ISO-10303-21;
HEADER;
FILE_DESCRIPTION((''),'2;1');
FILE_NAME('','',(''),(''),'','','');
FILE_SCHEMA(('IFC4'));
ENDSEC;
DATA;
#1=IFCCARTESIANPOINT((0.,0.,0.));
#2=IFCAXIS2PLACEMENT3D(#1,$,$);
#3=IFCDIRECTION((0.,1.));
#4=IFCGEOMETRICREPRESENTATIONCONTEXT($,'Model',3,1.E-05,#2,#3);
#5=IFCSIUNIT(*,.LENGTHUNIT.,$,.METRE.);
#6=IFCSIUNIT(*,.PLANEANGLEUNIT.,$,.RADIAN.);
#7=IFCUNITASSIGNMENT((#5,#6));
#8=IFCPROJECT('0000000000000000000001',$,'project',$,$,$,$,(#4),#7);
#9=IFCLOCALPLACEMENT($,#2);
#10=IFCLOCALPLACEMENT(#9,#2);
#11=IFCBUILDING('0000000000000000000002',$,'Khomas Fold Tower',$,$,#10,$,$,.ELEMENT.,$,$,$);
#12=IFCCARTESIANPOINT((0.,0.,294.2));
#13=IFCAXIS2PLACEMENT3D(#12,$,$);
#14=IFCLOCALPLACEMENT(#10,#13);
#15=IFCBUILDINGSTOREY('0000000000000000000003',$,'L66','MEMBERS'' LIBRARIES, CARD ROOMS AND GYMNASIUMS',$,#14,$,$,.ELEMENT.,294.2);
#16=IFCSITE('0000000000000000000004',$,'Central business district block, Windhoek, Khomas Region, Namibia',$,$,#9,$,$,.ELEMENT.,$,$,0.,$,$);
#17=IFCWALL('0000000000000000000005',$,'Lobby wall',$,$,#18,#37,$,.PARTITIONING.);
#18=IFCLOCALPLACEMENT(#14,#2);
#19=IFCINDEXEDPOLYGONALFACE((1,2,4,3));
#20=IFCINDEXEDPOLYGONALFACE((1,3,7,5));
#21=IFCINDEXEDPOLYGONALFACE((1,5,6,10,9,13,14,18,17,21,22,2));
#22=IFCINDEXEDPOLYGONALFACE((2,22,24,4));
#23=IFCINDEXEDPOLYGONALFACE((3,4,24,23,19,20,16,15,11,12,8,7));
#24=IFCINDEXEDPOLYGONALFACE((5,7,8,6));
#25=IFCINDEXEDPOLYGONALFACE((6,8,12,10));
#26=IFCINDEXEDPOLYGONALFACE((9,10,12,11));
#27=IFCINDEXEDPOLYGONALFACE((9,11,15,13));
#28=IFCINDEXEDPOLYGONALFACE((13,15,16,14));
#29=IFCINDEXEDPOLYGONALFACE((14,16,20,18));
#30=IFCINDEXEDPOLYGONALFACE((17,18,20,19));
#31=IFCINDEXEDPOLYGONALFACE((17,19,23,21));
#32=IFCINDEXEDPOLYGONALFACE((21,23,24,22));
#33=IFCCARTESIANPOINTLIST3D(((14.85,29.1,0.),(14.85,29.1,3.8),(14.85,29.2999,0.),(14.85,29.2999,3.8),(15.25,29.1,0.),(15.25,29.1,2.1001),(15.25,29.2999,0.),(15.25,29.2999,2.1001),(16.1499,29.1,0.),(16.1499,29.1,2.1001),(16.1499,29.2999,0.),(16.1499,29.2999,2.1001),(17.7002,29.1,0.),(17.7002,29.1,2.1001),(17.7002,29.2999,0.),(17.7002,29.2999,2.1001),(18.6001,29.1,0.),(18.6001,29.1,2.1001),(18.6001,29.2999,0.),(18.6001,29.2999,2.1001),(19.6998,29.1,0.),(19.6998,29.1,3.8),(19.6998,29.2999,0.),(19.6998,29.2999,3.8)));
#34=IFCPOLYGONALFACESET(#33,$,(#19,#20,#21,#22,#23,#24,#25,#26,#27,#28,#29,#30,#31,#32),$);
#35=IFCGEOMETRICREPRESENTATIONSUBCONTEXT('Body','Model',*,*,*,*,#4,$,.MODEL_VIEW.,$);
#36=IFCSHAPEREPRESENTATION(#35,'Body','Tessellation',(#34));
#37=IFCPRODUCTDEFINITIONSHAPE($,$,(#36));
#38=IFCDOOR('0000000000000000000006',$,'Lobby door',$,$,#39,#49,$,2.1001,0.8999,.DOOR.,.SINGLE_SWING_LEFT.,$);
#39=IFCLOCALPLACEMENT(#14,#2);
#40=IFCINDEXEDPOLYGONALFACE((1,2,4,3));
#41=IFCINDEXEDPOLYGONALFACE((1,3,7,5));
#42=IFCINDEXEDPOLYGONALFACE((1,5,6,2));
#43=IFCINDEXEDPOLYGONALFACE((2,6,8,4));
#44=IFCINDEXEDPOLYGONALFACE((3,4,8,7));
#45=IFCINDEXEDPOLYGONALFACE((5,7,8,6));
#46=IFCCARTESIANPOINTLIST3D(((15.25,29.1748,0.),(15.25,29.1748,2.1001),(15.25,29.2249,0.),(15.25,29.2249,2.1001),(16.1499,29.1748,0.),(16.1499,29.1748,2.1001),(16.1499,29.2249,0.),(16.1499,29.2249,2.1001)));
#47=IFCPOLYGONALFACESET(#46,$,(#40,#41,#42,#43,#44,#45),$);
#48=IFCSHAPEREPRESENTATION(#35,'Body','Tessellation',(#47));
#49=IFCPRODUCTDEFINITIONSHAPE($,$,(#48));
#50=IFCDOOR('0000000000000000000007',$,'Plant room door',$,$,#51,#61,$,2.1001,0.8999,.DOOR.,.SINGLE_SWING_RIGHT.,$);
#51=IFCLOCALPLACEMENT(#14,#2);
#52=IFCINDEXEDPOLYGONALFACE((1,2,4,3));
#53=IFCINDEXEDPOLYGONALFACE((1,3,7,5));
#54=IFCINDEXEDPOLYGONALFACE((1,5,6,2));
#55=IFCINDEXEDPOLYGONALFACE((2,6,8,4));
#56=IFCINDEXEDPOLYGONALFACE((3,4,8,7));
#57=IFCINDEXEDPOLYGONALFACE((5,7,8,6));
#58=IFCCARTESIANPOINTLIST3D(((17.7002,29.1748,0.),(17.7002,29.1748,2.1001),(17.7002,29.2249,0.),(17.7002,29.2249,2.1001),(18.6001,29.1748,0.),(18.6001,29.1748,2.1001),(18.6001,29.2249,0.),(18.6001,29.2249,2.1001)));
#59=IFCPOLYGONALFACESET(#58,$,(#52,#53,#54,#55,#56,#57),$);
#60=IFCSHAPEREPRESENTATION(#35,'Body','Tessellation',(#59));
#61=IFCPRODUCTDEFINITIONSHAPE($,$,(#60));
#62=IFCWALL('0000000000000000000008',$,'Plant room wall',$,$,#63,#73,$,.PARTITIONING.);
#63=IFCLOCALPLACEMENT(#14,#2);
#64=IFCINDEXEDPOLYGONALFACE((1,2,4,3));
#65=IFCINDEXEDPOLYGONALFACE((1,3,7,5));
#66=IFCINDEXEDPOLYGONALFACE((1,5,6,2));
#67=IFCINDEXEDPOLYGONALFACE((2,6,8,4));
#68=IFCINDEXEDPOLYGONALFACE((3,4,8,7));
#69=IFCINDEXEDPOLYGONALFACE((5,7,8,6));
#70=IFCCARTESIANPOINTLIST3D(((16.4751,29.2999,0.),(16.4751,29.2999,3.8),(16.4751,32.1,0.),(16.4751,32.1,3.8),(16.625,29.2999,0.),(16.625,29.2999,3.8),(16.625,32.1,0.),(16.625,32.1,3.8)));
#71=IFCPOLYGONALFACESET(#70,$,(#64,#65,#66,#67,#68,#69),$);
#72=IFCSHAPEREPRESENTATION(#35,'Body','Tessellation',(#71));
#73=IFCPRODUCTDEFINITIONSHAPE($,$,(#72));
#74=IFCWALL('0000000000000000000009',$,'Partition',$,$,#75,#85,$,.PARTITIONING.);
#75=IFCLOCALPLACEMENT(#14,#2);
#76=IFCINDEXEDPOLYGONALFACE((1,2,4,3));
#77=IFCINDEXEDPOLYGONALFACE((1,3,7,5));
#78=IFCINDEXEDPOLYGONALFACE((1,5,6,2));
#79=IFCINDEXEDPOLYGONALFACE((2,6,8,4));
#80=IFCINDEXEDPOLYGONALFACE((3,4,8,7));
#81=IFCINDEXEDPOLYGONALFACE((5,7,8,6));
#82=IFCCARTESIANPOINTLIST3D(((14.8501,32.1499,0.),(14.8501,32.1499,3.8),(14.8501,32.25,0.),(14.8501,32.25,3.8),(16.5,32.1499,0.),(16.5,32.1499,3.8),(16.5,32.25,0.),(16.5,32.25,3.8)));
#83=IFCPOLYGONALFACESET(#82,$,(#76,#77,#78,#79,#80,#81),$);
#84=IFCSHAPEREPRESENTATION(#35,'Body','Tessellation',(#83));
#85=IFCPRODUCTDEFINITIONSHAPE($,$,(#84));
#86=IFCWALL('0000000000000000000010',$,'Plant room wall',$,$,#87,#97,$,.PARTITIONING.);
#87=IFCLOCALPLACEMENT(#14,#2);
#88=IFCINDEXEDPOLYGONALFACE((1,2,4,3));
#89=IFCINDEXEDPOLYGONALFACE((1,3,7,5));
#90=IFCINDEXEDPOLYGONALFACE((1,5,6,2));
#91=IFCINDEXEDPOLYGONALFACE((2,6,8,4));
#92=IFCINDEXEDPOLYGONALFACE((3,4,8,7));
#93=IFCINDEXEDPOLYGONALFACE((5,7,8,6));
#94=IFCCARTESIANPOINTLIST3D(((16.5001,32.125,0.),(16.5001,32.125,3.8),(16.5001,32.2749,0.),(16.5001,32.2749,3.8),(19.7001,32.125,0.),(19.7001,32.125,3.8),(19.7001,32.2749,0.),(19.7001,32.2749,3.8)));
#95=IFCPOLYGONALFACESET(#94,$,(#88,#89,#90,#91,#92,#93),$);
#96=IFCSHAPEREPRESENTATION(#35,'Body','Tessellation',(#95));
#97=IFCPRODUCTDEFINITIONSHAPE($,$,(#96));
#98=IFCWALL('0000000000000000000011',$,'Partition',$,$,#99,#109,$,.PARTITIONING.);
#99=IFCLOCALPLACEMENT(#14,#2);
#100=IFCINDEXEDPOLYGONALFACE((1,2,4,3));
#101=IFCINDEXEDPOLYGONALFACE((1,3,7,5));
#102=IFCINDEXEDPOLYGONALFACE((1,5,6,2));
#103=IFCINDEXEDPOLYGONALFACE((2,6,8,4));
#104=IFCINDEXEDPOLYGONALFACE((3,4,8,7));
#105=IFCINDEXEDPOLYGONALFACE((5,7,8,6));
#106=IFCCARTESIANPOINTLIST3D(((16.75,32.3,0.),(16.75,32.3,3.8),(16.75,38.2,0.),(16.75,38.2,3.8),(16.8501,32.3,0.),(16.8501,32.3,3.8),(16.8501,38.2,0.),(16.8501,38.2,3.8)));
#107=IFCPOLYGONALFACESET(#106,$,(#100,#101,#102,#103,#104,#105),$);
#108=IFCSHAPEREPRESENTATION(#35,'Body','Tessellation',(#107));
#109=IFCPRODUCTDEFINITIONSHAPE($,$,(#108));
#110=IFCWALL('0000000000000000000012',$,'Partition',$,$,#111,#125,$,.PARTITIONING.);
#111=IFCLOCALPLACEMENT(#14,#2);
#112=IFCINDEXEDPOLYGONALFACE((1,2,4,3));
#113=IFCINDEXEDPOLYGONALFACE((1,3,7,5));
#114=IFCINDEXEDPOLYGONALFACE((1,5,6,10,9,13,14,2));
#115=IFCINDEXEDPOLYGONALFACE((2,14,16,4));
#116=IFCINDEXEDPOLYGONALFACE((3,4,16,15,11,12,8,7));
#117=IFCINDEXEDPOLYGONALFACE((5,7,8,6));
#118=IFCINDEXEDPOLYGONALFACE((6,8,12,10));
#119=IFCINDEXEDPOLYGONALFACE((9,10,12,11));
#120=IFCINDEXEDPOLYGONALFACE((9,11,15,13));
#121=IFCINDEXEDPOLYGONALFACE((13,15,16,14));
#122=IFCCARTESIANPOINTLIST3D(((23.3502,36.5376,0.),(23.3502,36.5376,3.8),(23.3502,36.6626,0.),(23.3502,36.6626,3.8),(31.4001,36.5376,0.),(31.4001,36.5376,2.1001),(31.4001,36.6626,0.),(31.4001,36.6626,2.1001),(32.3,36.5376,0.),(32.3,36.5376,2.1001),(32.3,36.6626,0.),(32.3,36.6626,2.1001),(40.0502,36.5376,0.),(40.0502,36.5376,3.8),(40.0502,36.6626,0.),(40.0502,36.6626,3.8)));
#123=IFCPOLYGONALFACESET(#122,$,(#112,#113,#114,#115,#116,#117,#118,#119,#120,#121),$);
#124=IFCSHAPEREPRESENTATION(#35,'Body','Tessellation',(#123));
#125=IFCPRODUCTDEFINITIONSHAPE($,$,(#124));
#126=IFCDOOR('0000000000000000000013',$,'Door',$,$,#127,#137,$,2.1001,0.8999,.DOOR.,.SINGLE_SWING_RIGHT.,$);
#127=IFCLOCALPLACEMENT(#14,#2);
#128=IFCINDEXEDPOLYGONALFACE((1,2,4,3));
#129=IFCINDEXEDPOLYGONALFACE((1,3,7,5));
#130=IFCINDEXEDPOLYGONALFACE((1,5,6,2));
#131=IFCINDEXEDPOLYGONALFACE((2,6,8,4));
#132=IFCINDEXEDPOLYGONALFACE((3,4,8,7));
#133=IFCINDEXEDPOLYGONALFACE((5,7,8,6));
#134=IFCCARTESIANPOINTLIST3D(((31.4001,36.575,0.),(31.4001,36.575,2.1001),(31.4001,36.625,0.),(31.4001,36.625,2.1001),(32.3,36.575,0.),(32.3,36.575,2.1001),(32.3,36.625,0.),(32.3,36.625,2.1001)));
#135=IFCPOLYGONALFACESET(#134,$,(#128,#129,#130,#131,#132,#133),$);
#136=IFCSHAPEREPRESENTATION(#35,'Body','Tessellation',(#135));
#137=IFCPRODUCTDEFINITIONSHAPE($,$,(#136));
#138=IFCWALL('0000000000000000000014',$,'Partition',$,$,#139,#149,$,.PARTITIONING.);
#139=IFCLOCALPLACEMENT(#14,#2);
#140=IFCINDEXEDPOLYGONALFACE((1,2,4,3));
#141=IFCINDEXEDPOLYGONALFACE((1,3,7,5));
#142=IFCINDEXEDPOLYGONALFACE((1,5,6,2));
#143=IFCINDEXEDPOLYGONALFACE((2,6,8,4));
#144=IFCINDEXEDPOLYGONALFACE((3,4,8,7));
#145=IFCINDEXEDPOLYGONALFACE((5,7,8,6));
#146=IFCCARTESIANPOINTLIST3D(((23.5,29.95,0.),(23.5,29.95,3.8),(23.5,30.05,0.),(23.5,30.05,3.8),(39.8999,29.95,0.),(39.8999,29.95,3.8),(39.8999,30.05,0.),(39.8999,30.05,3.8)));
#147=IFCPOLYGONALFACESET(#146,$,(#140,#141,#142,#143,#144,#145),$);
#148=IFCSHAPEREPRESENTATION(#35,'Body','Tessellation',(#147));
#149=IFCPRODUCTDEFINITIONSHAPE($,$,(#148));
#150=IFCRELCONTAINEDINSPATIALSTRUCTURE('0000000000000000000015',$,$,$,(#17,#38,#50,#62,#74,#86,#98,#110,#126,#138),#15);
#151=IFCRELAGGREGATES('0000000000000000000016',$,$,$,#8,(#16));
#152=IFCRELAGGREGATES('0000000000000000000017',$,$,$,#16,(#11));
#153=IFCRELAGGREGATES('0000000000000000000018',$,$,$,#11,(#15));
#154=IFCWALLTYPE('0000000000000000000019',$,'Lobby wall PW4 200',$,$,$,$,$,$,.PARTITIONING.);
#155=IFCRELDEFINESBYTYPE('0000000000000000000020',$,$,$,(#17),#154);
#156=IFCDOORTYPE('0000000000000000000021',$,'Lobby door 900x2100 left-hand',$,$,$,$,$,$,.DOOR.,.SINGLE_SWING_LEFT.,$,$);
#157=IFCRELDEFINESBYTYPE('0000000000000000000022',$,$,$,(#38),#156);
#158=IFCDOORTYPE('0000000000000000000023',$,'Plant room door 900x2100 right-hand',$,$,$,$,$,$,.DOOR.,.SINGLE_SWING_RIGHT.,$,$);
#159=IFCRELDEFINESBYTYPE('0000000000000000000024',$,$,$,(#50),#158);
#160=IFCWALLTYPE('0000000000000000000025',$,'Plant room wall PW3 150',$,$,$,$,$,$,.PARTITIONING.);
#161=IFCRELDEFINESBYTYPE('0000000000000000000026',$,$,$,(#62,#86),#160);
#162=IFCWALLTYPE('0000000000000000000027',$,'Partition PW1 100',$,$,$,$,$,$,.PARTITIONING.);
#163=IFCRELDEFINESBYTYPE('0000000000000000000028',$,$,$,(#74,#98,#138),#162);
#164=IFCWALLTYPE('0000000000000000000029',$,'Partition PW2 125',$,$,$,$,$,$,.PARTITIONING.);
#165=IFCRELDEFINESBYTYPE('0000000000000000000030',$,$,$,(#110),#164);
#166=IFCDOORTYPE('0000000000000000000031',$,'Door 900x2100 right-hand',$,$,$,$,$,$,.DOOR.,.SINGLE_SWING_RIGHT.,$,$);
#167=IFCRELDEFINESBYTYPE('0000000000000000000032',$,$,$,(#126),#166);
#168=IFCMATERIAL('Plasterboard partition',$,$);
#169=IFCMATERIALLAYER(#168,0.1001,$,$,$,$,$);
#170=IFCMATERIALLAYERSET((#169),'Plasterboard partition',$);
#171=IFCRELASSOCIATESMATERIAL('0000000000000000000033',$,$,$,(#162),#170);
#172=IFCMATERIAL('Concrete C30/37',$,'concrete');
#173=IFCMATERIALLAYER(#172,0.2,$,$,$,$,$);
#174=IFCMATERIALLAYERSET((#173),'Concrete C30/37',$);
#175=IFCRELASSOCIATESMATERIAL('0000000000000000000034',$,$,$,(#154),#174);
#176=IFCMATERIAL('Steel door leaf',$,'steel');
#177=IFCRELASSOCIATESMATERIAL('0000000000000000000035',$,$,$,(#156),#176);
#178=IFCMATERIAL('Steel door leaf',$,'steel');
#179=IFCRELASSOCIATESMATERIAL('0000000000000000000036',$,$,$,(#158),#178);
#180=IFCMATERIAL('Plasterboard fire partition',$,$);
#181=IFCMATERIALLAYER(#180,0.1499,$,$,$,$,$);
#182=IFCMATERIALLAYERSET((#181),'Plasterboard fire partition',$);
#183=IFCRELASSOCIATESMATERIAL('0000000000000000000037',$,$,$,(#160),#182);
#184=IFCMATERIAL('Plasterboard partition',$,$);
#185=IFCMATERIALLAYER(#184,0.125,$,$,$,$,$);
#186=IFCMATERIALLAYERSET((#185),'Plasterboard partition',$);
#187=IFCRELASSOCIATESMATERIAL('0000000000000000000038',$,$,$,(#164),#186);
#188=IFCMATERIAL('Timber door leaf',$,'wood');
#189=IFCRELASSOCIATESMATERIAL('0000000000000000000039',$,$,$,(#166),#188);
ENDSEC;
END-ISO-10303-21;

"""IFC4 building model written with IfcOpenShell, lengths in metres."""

from ifc_helpers import new_model, si_unit, direction, frame, frame_2d, origin, place, context, subcontext, project, spatial, rectangle, extrude, source, transform, mapped, material, layer, layer_set, type_object, element, fill, save


model = new_model("IFC4")

# Units and contexts
model_context = context("Model", 3, precision=1e-05, world=origin(), true_north=direction((0.0, 1.0)))
body_context = subcontext(model_context, "Body", "Model", "MODEL_VIEW")
ifc_project = project(units=[si_unit("LENGTHUNIT", "METRE"), si_unit("PLANEANGLEUNIT", "RADIAN")], contexts=[model_context])

# Site, building, storey
site_placement = place(None, origin())
site = spatial("IfcSite", under=ifc_project, at=site_placement, Name="Central business district block, Windhoek, Khomas Region, Namibia", CompositionType="ELEMENT", RefElevation=0.0)
building_placement = place(site_placement, origin())
building = spatial("IfcBuilding", under=site, at=building_placement, Name="Khomas Fold Tower", CompositionType="ELEMENT")
storey_placement = place(building_placement, frame((0.0, 0.0, 294.2)))
storey = spatial("IfcBuildingStorey", under=building, at=storey_placement, Name="L66", Description="MEMBERS' LIBRARIES, CARD ROOMS AND GYMNASIUMS", CompositionType="ELEMENT", Elevation=294.2)

# Shared definitions
ifc_material_1 = material(Name="Plasterboard partition")
ifc_layer_1 = layer(ifc_material_1, 0.1001)
ifc_layer_set_1 = layer_set([ifc_layer_1], Name="Plasterboard partition")
wall_type_1 = type_object("IfcWallType", Name="Partition PW1 100", PredefinedType="PARTITIONING", material=ifc_layer_set_1)

# Wall, openings, doors
ifc_material_2 = material(Name="Concrete C30/37", Category="concrete")
ifc_layer_2 = layer(ifc_material_2, 0.2)
ifc_layer_set_2 = layer_set([ifc_layer_2], Name="Concrete C30/37")
wall_type_2 = type_object("IfcWallType", Name="Lobby wall PW4 200", PredefinedType="PARTITIONING", material=ifc_layer_set_2)
shared_shape_1 = source(origin(), body_context, "Body", "SweptSolid", [
    extrude(rectangle(XDim=4.8499, YDim=0.2, at=frame_2d((2.4248, 0.0))), origin(), (0.0, 0.0, 1.0), 3.8),
])
wall_1_placement = place(storey_placement, frame((14.8501, 29.2, 0.0), z_axis=(0.0, 0.0, 1.0), x_axis=(1.0, 0.0, 0.0)))
wall_1 = element("IfcWall", 1, at=wall_1_placement, inside=storey, type_object=wall_type_2, Name="Lobby wall", PredefinedType="PARTITIONING", context=body_context, shape_type="MappedRepresentation", body=[
    mapped(shared_shape_1, transform((0.0, 0.0, 0.0))),
])
shared_shape_2 = source(origin(), body_context, "Body", "SweptSolid", [
    extrude(rectangle(XDim=0.8999, YDim=2.1001, at=frame_2d((0.45, 1.05))), frame((0.0, 0.1099, 0.0), z_axis=(0.0, -1.0, 0.0), x_axis=(1.0, 0.0, 0.0)), (0.0, 0.0, 1.0), 0.22),
])
opening_1_placement = place(wall_1_placement, frame((0.3999, 0.0, 0.0)))
opening_1 = element("IfcOpeningElement", 2, at=opening_1_placement, cuts=wall_1, PredefinedType="OPENING", context=body_context, shape_type="MappedRepresentation", body=[
    mapped(shared_shape_2, transform((0.0, 0.0, 0.0))),
])
opening_2_placement = place(wall_1_placement, frame((2.8501, 0.0, 0.0)))
opening_2 = element("IfcOpeningElement", 3, at=opening_2_placement, cuts=wall_1, PredefinedType="OPENING", context=body_context, shape_type="MappedRepresentation", body=[
    mapped(shared_shape_2, transform((0.0, 0.0, 0.0))),
])
ifc_material_3 = material(Name="Steel door leaf", Category="steel")
door_type_1 = type_object("IfcDoorType", Name="Lobby door 900x2100 left-hand", OperationType="SINGLE_SWING_LEFT", PredefinedType="DOOR", material=ifc_material_3)
shared_shape_3 = source(origin(), body_context, "Body", "SweptSolid", [
    extrude(rectangle(XDim=0.8999, YDim=2.1001, at=frame_2d((0.45, 1.05))), frame((0.0, 0.0249, 0.0), z_axis=(0.0, -1.0, 0.0), x_axis=(1.0, 0.0, 0.0)), (0.0, 0.0, 1.0), 0.05),
])
door_1_placement = place(opening_1_placement, origin())
door_1 = element("IfcDoor", 4, at=door_1_placement, inside=storey, type_object=door_type_1, Name="Lobby door", OperationType="SINGLE_SWING_LEFT", OverallHeight=2.1001, OverallWidth=0.8999, PredefinedType="DOOR", context=body_context, shape_type="MappedRepresentation", body=[
    mapped(shared_shape_3, transform((0.0, 0.0, 0.0))),
])
fill(opening_1, door_1)
ifc_material_4 = material(Name="Steel door leaf", Category="steel")
door_type_2 = type_object("IfcDoorType", Name="Plant room door 900x2100 right-hand", OperationType="SINGLE_SWING_RIGHT", PredefinedType="DOOR", material=ifc_material_4)
door_2_placement = place(opening_2_placement, origin())
door_2 = element("IfcDoor", 5, at=door_2_placement, inside=storey, type_object=door_type_2, Name="Plant room door", OperationType="SINGLE_SWING_RIGHT", OverallHeight=2.1001, OverallWidth=0.8999, PredefinedType="DOOR", context=body_context, shape_type="MappedRepresentation", body=[
    mapped(shared_shape_3, transform((0.0, 0.0, 0.0))),
])
fill(opening_2, door_2)

# Walls
ifc_material_5 = material(Name="Plasterboard fire partition")
ifc_layer_3 = layer(ifc_material_5, 0.1499)
ifc_layer_set_3 = layer_set([ifc_layer_3], Name="Plasterboard fire partition")
wall_type_3 = type_object("IfcWallType", Name="Plant room wall PW3 150", PredefinedType="PARTITIONING", material=ifc_layer_set_3)
shared_shape_4 = source(origin(), body_context, "Body", "SweptSolid", [
    extrude(rectangle(XDim=2.8, YDim=0.1499, at=frame_2d((1.3999, 0.0))), origin(), (0.0, 0.0, 1.0), 3.8),
])
wall_2_placement = place(storey_placement, frame((16.55, 29.3, 0.0), z_axis=(0.0, 0.0, 1.0), x_axis=(0.0, 1.0, 0.0)))
element("IfcWall", 6, at=wall_2_placement, inside=storey, type_object=wall_type_3, Name="Plant room wall", PredefinedType="PARTITIONING", context=body_context, shape_type="MappedRepresentation", body=[
    mapped(shared_shape_4, transform((0.0, 0.0, 0.0))),
])
shared_shape_5 = source(origin(), body_context, "Body", "SweptSolid", [
    extrude(rectangle(XDim=1.6499, YDim=0.1001, at=frame_2d((0.825, 0.0))), origin(), (0.0, 0.0, 1.0), 3.8),
])
wall_3_placement = place(storey_placement, frame((14.8501, 32.2, 0.0), z_axis=(0.0, 0.0, 1.0), x_axis=(1.0, 0.0, 0.0)))
element("IfcWall", 7, at=wall_3_placement, inside=storey, type_object=wall_type_1, Name="Partition", PredefinedType="PARTITIONING", context=body_context, shape_type="MappedRepresentation", body=[
    mapped(shared_shape_5, transform((0.0, 0.0, 0.0))),
])
shared_shape_6 = source(origin(), body_context, "Body", "SweptSolid", [
    extrude(rectangle(XDim=3.2, YDim=0.1499, at=frame_2d((1.6001, 0.0))), origin(), (0.0, 0.0, 1.0), 3.8),
])
wall_4_placement = place(storey_placement, frame((16.5, 32.2, 0.0), z_axis=(0.0, 0.0, 1.0), x_axis=(1.0, 0.0, 0.0)))
element("IfcWall", 8, at=wall_4_placement, inside=storey, type_object=wall_type_3, Name="Plant room wall", PredefinedType="PARTITIONING", context=body_context, shape_type="MappedRepresentation", body=[
    mapped(shared_shape_6, transform((0.0, 0.0, 0.0))),
])
shared_shape_7 = source(origin(), body_context, "Body", "SweptSolid", [
    extrude(rectangle(XDim=5.8999, YDim=0.1001, at=frame_2d((2.95, 0.0))), origin(), (0.0, 0.0, 1.0), 3.8),
])
wall_5_placement = place(storey_placement, frame((16.8, 32.3, 0.0), z_axis=(0.0, 0.0, 1.0), x_axis=(0.0, 1.0, 0.0)))
element("IfcWall", 9, at=wall_5_placement, inside=storey, type_object=wall_type_1, Name="Partition", PredefinedType="PARTITIONING", context=body_context, shape_type="MappedRepresentation", body=[
    mapped(shared_shape_7, transform((0.0, 0.0, 0.0))),
])

# Wall, opening, door
ifc_material_6 = material(Name="Plasterboard partition")
ifc_layer_4 = layer(ifc_material_6, 0.125)
ifc_layer_set_4 = layer_set([ifc_layer_4], Name="Plasterboard partition")
wall_type_4 = type_object("IfcWallType", Name="Partition PW2 125", PredefinedType="PARTITIONING", material=ifc_layer_set_4)
shared_shape_8 = source(origin(), body_context, "Body", "SweptSolid", [
    extrude(rectangle(XDim=16.7, YDim=0.125, at=frame_2d((8.3501, 0.0))), origin(), (0.0, 0.0, 1.0), 3.8),
])
wall_6_placement = place(storey_placement, frame((23.3501, 36.6001, 0.0), z_axis=(0.0, 0.0, 1.0), x_axis=(1.0, 0.0, 0.0)))
wall_6 = element("IfcWall", 10, at=wall_6_placement, inside=storey, type_object=wall_type_4, Name="Partition", PredefinedType="PARTITIONING", context=body_context, shape_type="MappedRepresentation", body=[
    mapped(shared_shape_8, transform((0.0, 0.0, 0.0))),
])
shared_shape_9 = source(origin(), body_context, "Body", "SweptSolid", [
    extrude(rectangle(XDim=0.8999, YDim=2.1001, at=frame_2d((0.45, 1.05))), frame((0.0, 0.0725, 0.0), z_axis=(0.0, -1.0, 0.0), x_axis=(1.0, 0.0, 0.0)), (0.0, 0.0, 1.0), 0.145),
])
opening_3_placement = place(wall_6_placement, frame((8.05, 0.0, 0.0)))
opening_3 = element("IfcOpeningElement", 11, at=opening_3_placement, cuts=wall_6, PredefinedType="OPENING", context=body_context, shape_type="MappedRepresentation", body=[
    mapped(shared_shape_9, transform((0.0, 0.0, 0.0))),
])
ifc_material_7 = material(Name="Timber door leaf", Category="wood")
door_type_3 = type_object("IfcDoorType", Name="Door 900x2100 right-hand", OperationType="SINGLE_SWING_RIGHT", PredefinedType="DOOR", material=ifc_material_7)
door_3_placement = place(opening_3_placement, origin())
door_3 = element("IfcDoor", 12, at=door_3_placement, inside=storey, type_object=door_type_3, Name="Door", OperationType="SINGLE_SWING_RIGHT", OverallHeight=2.1001, OverallWidth=0.8999, PredefinedType="DOOR", context=body_context, shape_type="MappedRepresentation", body=[
    mapped(shared_shape_3, transform((0.0, 0.0, 0.0))),
])
fill(opening_3, door_3)

# Wall
shared_shape_10 = source(origin(), body_context, "Body", "SweptSolid", [
    extrude(rectangle(XDim=16.3999, YDim=0.1001, at=frame_2d((8.2, 0.0))), origin(), (0.0, 0.0, 1.0), 3.8),
])
wall_7_placement = place(storey_placement, frame((23.5, 30.0, 0.0), z_axis=(0.0, 0.0, 1.0), x_axis=(1.0, 0.0, 0.0)))
element("IfcWall", 13, at=wall_7_placement, inside=storey, type_object=wall_type_1, Name="Partition", PredefinedType="PARTITIONING", context=body_context, shape_type="MappedRepresentation", body=[
    mapped(shared_shape_10, transform((0.0, 0.0, 0.0))),
])

save(model, "model.ifc")
